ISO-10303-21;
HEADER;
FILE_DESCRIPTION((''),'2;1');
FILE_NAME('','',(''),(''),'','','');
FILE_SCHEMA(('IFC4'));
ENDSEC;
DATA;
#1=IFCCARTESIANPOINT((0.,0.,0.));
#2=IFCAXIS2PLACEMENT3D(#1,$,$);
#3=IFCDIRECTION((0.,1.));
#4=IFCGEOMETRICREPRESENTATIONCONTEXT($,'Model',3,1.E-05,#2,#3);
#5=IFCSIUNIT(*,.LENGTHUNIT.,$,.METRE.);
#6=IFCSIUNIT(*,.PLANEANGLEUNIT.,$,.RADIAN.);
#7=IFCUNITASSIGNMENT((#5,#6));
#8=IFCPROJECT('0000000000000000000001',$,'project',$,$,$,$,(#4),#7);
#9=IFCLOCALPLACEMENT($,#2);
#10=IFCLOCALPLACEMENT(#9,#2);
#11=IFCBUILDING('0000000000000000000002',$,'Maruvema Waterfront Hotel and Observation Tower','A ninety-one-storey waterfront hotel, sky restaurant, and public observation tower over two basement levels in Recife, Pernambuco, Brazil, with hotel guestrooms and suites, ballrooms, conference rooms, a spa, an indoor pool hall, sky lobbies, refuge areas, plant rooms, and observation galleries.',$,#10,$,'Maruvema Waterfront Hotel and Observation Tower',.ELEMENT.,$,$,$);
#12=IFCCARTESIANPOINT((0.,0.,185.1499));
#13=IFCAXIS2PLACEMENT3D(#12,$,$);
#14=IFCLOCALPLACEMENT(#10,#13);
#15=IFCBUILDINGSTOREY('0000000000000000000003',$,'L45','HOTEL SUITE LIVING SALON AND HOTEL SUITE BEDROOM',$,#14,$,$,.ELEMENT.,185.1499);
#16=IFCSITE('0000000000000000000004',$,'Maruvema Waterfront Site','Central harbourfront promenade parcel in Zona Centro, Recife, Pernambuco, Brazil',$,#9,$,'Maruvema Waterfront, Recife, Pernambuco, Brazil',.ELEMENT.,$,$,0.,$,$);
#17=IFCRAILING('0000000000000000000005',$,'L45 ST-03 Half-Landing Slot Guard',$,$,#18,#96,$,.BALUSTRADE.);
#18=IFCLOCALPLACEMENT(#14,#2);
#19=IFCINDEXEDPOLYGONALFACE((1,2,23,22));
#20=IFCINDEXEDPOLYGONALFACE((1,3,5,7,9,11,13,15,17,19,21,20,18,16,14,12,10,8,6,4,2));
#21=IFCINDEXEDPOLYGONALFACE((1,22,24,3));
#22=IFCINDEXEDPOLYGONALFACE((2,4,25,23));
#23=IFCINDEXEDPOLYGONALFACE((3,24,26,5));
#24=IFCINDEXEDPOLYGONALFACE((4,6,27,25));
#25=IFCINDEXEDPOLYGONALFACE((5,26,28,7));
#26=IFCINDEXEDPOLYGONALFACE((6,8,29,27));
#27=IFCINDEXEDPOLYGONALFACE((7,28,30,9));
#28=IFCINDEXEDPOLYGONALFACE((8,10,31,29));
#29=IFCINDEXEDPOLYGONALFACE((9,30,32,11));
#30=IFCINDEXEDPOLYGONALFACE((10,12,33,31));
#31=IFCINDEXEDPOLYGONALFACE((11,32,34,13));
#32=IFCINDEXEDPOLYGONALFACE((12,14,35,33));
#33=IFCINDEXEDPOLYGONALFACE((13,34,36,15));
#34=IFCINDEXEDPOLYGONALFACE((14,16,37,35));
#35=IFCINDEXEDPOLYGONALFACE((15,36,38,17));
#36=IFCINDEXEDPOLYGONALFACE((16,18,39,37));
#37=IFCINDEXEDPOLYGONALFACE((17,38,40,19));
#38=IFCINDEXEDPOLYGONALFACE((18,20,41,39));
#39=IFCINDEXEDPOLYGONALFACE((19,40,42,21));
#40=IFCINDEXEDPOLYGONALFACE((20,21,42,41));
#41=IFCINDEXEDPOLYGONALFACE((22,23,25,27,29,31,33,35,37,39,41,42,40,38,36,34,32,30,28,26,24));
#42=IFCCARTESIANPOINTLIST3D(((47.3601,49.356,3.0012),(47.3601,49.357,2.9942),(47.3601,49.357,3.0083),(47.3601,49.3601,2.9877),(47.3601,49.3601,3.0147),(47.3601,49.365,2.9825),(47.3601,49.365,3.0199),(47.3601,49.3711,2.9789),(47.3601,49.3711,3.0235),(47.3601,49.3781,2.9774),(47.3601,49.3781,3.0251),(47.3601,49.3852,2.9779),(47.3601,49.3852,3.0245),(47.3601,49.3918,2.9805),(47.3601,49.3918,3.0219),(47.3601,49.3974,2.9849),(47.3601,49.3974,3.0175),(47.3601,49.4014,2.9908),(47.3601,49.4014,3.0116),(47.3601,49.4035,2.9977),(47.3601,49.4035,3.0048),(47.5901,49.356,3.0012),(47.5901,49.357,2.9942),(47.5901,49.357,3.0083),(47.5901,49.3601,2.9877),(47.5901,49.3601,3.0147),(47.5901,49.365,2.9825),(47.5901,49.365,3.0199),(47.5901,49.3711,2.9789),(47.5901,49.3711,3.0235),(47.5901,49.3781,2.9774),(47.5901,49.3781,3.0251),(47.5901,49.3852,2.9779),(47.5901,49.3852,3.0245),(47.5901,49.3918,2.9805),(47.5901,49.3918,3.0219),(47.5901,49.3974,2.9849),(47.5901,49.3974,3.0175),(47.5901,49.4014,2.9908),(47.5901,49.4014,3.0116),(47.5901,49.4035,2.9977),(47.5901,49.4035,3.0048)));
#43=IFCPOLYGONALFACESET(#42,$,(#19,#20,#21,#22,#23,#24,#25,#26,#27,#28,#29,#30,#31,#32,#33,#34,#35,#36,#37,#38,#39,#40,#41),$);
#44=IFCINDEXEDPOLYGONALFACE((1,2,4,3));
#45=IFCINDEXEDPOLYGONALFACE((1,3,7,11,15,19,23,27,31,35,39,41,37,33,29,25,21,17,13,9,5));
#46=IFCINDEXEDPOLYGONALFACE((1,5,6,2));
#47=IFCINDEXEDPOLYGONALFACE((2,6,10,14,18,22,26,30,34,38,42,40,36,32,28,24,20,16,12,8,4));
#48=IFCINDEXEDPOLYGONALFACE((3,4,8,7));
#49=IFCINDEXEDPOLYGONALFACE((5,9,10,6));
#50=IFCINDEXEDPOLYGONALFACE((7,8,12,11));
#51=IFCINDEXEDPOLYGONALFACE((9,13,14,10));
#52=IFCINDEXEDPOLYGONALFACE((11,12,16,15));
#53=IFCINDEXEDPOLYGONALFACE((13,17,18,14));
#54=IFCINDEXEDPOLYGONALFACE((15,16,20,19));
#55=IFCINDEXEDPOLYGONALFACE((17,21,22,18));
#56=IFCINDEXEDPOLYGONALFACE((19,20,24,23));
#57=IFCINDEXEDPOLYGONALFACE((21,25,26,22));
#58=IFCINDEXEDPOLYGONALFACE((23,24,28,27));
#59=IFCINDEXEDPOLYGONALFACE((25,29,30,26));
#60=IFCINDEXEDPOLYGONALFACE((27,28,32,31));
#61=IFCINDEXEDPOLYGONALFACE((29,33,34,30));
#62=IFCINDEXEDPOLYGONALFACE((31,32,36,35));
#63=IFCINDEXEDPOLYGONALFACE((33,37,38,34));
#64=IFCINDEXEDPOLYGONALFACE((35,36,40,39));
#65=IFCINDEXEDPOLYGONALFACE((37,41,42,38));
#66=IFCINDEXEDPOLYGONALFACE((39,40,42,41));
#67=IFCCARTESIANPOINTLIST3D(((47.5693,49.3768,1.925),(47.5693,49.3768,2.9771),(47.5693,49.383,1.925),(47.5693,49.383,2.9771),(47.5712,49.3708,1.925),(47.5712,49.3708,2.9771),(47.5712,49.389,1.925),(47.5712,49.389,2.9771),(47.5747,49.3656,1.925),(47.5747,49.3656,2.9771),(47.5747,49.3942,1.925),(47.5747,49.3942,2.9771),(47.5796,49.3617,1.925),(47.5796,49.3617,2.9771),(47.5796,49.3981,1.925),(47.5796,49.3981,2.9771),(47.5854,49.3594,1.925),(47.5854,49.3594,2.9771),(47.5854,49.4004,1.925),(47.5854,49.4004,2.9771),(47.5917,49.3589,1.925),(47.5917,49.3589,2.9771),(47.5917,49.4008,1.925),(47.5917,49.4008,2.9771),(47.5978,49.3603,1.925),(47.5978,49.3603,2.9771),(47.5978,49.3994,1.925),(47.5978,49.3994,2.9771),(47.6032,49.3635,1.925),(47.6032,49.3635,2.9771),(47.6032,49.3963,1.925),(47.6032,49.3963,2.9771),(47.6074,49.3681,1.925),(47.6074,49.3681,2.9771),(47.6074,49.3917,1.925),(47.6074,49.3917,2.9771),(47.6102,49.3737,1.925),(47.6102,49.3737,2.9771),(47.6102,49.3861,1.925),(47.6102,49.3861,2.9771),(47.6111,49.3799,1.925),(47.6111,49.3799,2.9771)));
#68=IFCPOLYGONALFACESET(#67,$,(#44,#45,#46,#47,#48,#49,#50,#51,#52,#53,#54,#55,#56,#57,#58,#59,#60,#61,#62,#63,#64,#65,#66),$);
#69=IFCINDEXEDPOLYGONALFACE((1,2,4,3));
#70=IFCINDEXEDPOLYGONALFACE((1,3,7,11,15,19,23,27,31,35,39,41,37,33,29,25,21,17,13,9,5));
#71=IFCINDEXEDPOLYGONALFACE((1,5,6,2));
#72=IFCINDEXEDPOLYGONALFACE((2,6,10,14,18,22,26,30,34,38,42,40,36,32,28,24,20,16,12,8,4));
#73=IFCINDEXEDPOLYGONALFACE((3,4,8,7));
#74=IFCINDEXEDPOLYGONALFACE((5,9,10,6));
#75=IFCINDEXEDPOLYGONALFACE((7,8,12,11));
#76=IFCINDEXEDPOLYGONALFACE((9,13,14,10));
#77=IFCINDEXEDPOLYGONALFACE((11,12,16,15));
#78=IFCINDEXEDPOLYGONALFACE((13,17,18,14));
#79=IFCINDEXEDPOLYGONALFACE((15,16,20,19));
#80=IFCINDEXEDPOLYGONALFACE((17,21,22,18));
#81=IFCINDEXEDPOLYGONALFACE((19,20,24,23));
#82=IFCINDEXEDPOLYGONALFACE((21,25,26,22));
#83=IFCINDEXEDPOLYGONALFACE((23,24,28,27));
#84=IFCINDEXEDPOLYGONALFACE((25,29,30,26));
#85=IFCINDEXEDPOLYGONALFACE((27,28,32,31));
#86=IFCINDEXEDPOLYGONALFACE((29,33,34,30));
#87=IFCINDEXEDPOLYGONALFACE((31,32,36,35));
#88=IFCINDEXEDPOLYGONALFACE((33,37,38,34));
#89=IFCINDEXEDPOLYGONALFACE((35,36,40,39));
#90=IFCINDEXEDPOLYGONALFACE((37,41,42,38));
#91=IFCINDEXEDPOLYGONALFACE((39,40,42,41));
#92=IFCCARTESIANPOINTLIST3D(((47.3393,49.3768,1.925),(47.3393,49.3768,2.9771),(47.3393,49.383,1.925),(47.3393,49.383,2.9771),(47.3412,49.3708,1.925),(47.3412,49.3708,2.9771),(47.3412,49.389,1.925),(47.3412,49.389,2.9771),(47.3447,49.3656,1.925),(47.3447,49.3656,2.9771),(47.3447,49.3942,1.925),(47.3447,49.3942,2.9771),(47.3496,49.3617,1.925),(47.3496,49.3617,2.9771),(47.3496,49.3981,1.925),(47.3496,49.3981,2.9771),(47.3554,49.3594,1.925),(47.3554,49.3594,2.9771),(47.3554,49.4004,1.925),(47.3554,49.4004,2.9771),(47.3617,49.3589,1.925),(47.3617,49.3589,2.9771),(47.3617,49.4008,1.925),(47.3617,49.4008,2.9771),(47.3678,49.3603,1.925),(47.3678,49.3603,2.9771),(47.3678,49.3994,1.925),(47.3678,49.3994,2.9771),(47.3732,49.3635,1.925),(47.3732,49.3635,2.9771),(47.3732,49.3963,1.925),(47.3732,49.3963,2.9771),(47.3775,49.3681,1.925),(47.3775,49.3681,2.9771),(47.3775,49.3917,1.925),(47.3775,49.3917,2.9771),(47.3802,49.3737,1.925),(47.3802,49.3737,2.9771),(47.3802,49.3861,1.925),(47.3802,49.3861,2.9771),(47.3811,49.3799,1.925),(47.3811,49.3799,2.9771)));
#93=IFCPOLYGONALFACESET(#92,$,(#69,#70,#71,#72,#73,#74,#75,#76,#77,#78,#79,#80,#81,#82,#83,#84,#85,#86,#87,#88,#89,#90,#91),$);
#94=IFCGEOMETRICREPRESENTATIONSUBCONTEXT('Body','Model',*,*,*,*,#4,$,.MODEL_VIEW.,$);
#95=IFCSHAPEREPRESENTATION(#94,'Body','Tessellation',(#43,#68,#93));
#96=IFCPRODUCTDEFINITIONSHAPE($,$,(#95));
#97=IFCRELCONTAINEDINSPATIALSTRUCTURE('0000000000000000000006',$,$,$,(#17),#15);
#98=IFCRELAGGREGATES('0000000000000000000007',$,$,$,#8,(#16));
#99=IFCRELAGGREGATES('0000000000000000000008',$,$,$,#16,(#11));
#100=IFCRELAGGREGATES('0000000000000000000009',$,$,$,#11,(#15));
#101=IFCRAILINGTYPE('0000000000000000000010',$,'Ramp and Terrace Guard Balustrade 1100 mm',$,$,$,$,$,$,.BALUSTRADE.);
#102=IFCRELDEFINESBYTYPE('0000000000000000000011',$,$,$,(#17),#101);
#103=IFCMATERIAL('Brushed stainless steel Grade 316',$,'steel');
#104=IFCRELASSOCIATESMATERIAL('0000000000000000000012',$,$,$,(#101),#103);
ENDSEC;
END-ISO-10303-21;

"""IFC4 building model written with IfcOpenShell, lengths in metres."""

from ifc_helpers import new_model, si_unit, direction, frame, origin, origin_2d, place, context, subcontext, project, spatial, circle, extrude, material, type_object, element, save


model = new_model("IFC4")

# Units and contexts
model_context = context("Model", 3, precision=1e-05, world=origin(), true_north=direction((0.0, 1.0)))
body_context = subcontext(model_context, "Body", "Model", "MODEL_VIEW")
ifc_project = project(units=[si_unit("LENGTHUNIT", "METRE"), si_unit("PLANEANGLEUNIT", "RADIAN")], contexts=[model_context])

# Site, building, storey
site_placement = place(None, origin())
site = spatial("IfcSite", under=ifc_project, at=site_placement, Name="Maruvema Waterfront Site", Description="Central harbourfront promenade parcel in Zona Centro, Recife, Pernambuco, Brazil", LongName="Maruvema Waterfront, Recife, Pernambuco, Brazil", CompositionType="ELEMENT", RefElevation=0.0)
building_placement = place(site_placement, origin())
building = spatial("IfcBuilding", under=site, at=building_placement, Name="Maruvema Waterfront Hotel and Observation Tower", Description="A ninety-one-storey waterfront hotel, sky restaurant, and public observation tower over two basement levels in Recife, Pernambuco, Brazil, with hotel guestrooms and suites, ballrooms, conference rooms, a spa, an indoor pool hall, sky lobbies, refuge areas, plant rooms, and observation galleries.", LongName="Maruvema Waterfront Hotel and Observation Tower", CompositionType="ELEMENT")
storey_placement = place(building_placement, frame((0.0, 0.0, 185.1499)))
storey = spatial("IfcBuildingStorey", under=building, at=storey_placement, Name="L45", Description="HOTEL SUITE LIVING SALON AND HOTEL SUITE BEDROOM", CompositionType="ELEMENT", Elevation=185.1499)

# Railing
ifc_material_1 = material(Name="Brushed stainless steel Grade 316", Category="steel")
railing_type_1 = type_object("IfcRailingType", Name="Ramp and Terrace Guard Balustrade 1100 mm", PredefinedType="BALUSTRADE", material=ifc_material_1)
railing_1_placement = place(storey_placement, frame((47.5901, 49.3799, 1.925)))
element("IfcRailing", 1, at=railing_1_placement, inside=storey, type_object=railing_type_1, Name="L45 ST-03 Half-Landing Slot Guard", PredefinedType="BALUSTRADE", context=body_context, shape_type="SweptSolid", body=[
    extrude(circle(Radius=0.0239, at=origin_2d()), frame((0.0, 0.0, 1.0762), z_axis=(-1.0, 0.0, 0.0), x_axis=(0.0, -1.0, 0.0)), (0.0, 0.0, 1.0), 0.23),
    extrude(circle(Radius=0.021, at=origin_2d()), origin(), (0.0, 0.0, 1.0), 1.052),
    extrude(circle(Radius=0.021, at=origin_2d()), frame((-0.23, 0.0, 0.0)), (0.0, 0.0, 1.0), 1.052),
])

save(model, "model.ifc")
